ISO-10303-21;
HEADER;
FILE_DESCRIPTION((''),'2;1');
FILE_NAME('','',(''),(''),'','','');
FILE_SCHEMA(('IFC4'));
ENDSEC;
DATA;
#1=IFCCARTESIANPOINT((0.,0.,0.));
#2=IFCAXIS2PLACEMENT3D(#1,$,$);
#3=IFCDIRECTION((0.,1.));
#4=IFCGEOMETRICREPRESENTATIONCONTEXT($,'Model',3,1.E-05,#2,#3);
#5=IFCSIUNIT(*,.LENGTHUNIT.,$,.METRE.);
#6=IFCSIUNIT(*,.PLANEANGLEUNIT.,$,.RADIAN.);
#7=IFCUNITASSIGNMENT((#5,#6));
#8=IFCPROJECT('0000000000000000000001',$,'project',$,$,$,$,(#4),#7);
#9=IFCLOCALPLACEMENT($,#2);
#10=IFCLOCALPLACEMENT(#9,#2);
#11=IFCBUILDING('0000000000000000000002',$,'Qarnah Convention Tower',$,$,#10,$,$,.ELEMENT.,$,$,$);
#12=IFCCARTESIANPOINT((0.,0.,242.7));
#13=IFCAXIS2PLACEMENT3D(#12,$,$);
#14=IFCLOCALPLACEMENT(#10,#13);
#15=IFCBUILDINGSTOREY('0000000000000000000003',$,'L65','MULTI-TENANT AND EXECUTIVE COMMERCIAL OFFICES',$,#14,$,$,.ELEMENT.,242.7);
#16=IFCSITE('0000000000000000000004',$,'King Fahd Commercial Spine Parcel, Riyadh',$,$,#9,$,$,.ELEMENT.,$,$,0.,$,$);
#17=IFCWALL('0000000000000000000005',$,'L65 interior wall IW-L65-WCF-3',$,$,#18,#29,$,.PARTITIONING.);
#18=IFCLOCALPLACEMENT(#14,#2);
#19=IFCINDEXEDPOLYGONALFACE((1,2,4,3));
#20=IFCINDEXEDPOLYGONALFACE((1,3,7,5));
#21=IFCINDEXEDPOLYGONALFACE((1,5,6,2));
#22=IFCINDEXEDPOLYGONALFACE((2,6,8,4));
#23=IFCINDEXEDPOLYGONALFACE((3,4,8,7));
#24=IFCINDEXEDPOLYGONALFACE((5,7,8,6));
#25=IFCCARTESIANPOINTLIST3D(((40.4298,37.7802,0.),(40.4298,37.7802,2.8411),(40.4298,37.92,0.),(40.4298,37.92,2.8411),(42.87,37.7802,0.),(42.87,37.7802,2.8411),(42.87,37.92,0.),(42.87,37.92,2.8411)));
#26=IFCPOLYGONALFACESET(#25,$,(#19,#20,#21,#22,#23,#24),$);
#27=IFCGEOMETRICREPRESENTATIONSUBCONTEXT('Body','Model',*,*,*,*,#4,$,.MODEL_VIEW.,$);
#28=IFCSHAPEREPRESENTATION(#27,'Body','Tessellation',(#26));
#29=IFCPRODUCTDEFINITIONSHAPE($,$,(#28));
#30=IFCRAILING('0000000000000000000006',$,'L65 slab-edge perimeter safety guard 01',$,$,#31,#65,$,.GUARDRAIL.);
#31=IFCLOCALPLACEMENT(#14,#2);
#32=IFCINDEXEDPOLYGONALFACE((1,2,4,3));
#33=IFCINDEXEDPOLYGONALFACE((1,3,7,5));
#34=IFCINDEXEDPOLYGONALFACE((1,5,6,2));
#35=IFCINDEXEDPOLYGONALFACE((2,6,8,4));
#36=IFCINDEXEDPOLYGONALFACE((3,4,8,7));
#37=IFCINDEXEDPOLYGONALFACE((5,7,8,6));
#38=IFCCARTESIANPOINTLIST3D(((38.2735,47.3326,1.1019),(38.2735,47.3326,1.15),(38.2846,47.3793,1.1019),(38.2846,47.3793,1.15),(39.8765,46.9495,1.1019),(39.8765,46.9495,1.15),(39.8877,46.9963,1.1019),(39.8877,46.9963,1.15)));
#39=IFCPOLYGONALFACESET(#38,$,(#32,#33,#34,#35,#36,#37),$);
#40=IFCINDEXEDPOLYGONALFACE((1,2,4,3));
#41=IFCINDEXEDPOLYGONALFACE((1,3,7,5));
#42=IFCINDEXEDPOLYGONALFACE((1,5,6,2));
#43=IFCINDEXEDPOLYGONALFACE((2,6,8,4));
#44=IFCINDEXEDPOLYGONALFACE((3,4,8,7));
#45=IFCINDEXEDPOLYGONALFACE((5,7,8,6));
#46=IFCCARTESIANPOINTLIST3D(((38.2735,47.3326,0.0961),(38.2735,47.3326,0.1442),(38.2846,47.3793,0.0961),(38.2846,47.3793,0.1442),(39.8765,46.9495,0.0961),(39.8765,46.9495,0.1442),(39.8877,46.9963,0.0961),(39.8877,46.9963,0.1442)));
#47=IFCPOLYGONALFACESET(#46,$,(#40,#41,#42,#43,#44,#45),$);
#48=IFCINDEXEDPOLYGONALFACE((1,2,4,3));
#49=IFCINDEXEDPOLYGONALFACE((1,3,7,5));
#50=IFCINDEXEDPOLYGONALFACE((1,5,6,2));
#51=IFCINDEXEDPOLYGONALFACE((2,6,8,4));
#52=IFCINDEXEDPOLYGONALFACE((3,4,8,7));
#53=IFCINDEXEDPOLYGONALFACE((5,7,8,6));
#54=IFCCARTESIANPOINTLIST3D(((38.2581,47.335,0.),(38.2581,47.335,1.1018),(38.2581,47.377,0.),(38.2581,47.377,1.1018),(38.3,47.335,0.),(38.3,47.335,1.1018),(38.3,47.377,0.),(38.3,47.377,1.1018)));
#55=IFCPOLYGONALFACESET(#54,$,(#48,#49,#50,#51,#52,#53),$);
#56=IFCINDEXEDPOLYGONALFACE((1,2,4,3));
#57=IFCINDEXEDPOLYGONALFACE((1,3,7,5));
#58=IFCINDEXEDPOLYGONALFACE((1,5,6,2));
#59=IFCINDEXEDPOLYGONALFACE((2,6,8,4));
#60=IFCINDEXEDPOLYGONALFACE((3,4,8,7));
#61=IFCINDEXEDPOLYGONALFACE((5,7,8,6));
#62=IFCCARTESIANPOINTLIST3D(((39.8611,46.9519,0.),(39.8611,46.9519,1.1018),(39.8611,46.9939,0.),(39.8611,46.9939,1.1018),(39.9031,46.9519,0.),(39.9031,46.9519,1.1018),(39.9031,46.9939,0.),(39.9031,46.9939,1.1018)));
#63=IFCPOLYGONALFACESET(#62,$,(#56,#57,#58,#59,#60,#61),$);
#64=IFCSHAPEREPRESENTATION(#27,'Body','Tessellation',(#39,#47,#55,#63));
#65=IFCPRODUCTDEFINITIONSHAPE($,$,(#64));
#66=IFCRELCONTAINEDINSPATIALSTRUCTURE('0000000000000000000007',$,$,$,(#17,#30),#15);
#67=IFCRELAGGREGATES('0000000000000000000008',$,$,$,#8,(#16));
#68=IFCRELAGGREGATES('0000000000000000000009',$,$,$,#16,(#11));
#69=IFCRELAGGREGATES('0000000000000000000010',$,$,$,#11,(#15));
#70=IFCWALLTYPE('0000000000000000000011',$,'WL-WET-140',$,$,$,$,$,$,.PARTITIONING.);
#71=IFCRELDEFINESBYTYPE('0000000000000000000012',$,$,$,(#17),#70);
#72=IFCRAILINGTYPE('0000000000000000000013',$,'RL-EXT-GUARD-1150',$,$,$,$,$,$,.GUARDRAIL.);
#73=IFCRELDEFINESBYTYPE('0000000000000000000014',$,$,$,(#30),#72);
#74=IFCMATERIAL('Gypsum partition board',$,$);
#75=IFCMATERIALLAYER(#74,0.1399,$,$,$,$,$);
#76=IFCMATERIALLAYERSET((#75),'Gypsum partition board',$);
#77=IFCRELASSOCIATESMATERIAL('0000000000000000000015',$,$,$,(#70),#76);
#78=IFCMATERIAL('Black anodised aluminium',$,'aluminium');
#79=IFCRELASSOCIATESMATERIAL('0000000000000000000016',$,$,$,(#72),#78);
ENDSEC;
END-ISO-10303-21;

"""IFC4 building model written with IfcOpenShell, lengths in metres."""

from ifc_helpers import new_model, si_unit, direction, frame, frame_2d, origin, origin_2d, place, context, subcontext, project, spatial, rectangle, extrude, material, layer, layer_set, type_object, element, save


model = new_model("IFC4")

# Units and contexts
model_context = context("Model", 3, precision=1e-05, world=origin(), true_north=direction((0.0, 1.0)))
body_context = subcontext(model_context, "Body", "Model", "MODEL_VIEW")
ifc_project = project(units=[si_unit("LENGTHUNIT", "METRE"), si_unit("PLANEANGLEUNIT", "RADIAN")], contexts=[model_context])

# Site, building, storey
site_placement = place(None, origin())
site = spatial("IfcSite", under=ifc_project, at=site_placement, Name="King Fahd Commercial Spine Parcel, Riyadh", CompositionType="ELEMENT", RefElevation=0.0)
building_placement = place(site_placement, origin())
building = spatial("IfcBuilding", under=site, at=building_placement, Name="Qarnah Convention Tower", CompositionType="ELEMENT")
storey_placement = place(building_placement, frame((0.0, 0.0, 242.7)))
storey = spatial("IfcBuildingStorey", under=building, at=storey_placement, Name="L65", Description="MULTI-TENANT AND EXECUTIVE COMMERCIAL OFFICES", CompositionType="ELEMENT", Elevation=242.7)

# Shared definitions
ifc_material_1 = material(Name="Black anodised aluminium", Category="aluminium")

# Shared definitions
ifc_material_2 = material(Name="Gypsum partition board")

# Shared definitions
ifc_layer_1 = layer(ifc_material_2, 0.1399)
ifc_layer_set_1 = layer_set([ifc_layer_1], Name="Gypsum partition board")
wall_type_1 = type_object("IfcWallType", Name="WL-WET-140", PredefinedType="PARTITIONING", material=ifc_layer_set_1)

# Wall
wall_1_placement = place(storey_placement, frame((42.8701, 37.8501, 0.0), z_axis=(0.0, 0.0, 1.0), x_axis=(-1.0, 0.0, 0.0)))
element("IfcWall", 1, at=wall_1_placement, inside=storey, type_object=wall_type_1, Name="L65 interior wall IW-L65-WCF-3", PredefinedType="PARTITIONING", context=body_context, shape_type="SweptSolid", body=[
    extrude(rectangle(XDim=2.4402, YDim=0.1399, at=frame_2d((1.2202, 0.0))), origin(), (0.0, 0.0, 1.0), 2.8411),
])

# Railing
railing_type = type_object("IfcRailingType", Name="RL-EXT-GUARD-1150", PredefinedType="GUARDRAIL", material=ifc_material_1)
railing_1_placement = place(storey_placement, frame((38.2791, 47.356, 0.0)))
element("IfcRailing", 2, at=railing_1_placement, inside=storey, type_object=railing_type, Name="L65 slab-edge perimeter safety guard 01", PredefinedType="GUARDRAIL", context=body_context, shape_type="SweptSolid", body=[
    extrude(rectangle(XDim=0.0481, YDim=0.0481, at=origin_2d()), frame((0.0, 0.0, 1.126), z_axis=(0.972617, -0.232415, 0.0), x_axis=(0.232415, 0.972617, 0.0)), (0.0, 0.0, 1.0), 1.6482),
    extrude(rectangle(XDim=0.0481, YDim=0.0481, at=origin_2d()), frame((0.0, 0.0, 0.1201), z_axis=(0.972617, -0.232415, 0.0), x_axis=(0.232415, 0.972617, 0.0)), (0.0, 0.0, 1.0), 1.6482),
    extrude(rectangle(XDim=0.042, YDim=0.042, at=origin_2d()), origin(), (0.0, 0.0, 1.0), 1.1018),
    extrude(rectangle(XDim=0.042, YDim=0.042, at=origin_2d()), frame((1.603, -0.3831, 0.0)), (0.0, 0.0, 1.0), 1.1018),
])

save(model, "model.ifc")
